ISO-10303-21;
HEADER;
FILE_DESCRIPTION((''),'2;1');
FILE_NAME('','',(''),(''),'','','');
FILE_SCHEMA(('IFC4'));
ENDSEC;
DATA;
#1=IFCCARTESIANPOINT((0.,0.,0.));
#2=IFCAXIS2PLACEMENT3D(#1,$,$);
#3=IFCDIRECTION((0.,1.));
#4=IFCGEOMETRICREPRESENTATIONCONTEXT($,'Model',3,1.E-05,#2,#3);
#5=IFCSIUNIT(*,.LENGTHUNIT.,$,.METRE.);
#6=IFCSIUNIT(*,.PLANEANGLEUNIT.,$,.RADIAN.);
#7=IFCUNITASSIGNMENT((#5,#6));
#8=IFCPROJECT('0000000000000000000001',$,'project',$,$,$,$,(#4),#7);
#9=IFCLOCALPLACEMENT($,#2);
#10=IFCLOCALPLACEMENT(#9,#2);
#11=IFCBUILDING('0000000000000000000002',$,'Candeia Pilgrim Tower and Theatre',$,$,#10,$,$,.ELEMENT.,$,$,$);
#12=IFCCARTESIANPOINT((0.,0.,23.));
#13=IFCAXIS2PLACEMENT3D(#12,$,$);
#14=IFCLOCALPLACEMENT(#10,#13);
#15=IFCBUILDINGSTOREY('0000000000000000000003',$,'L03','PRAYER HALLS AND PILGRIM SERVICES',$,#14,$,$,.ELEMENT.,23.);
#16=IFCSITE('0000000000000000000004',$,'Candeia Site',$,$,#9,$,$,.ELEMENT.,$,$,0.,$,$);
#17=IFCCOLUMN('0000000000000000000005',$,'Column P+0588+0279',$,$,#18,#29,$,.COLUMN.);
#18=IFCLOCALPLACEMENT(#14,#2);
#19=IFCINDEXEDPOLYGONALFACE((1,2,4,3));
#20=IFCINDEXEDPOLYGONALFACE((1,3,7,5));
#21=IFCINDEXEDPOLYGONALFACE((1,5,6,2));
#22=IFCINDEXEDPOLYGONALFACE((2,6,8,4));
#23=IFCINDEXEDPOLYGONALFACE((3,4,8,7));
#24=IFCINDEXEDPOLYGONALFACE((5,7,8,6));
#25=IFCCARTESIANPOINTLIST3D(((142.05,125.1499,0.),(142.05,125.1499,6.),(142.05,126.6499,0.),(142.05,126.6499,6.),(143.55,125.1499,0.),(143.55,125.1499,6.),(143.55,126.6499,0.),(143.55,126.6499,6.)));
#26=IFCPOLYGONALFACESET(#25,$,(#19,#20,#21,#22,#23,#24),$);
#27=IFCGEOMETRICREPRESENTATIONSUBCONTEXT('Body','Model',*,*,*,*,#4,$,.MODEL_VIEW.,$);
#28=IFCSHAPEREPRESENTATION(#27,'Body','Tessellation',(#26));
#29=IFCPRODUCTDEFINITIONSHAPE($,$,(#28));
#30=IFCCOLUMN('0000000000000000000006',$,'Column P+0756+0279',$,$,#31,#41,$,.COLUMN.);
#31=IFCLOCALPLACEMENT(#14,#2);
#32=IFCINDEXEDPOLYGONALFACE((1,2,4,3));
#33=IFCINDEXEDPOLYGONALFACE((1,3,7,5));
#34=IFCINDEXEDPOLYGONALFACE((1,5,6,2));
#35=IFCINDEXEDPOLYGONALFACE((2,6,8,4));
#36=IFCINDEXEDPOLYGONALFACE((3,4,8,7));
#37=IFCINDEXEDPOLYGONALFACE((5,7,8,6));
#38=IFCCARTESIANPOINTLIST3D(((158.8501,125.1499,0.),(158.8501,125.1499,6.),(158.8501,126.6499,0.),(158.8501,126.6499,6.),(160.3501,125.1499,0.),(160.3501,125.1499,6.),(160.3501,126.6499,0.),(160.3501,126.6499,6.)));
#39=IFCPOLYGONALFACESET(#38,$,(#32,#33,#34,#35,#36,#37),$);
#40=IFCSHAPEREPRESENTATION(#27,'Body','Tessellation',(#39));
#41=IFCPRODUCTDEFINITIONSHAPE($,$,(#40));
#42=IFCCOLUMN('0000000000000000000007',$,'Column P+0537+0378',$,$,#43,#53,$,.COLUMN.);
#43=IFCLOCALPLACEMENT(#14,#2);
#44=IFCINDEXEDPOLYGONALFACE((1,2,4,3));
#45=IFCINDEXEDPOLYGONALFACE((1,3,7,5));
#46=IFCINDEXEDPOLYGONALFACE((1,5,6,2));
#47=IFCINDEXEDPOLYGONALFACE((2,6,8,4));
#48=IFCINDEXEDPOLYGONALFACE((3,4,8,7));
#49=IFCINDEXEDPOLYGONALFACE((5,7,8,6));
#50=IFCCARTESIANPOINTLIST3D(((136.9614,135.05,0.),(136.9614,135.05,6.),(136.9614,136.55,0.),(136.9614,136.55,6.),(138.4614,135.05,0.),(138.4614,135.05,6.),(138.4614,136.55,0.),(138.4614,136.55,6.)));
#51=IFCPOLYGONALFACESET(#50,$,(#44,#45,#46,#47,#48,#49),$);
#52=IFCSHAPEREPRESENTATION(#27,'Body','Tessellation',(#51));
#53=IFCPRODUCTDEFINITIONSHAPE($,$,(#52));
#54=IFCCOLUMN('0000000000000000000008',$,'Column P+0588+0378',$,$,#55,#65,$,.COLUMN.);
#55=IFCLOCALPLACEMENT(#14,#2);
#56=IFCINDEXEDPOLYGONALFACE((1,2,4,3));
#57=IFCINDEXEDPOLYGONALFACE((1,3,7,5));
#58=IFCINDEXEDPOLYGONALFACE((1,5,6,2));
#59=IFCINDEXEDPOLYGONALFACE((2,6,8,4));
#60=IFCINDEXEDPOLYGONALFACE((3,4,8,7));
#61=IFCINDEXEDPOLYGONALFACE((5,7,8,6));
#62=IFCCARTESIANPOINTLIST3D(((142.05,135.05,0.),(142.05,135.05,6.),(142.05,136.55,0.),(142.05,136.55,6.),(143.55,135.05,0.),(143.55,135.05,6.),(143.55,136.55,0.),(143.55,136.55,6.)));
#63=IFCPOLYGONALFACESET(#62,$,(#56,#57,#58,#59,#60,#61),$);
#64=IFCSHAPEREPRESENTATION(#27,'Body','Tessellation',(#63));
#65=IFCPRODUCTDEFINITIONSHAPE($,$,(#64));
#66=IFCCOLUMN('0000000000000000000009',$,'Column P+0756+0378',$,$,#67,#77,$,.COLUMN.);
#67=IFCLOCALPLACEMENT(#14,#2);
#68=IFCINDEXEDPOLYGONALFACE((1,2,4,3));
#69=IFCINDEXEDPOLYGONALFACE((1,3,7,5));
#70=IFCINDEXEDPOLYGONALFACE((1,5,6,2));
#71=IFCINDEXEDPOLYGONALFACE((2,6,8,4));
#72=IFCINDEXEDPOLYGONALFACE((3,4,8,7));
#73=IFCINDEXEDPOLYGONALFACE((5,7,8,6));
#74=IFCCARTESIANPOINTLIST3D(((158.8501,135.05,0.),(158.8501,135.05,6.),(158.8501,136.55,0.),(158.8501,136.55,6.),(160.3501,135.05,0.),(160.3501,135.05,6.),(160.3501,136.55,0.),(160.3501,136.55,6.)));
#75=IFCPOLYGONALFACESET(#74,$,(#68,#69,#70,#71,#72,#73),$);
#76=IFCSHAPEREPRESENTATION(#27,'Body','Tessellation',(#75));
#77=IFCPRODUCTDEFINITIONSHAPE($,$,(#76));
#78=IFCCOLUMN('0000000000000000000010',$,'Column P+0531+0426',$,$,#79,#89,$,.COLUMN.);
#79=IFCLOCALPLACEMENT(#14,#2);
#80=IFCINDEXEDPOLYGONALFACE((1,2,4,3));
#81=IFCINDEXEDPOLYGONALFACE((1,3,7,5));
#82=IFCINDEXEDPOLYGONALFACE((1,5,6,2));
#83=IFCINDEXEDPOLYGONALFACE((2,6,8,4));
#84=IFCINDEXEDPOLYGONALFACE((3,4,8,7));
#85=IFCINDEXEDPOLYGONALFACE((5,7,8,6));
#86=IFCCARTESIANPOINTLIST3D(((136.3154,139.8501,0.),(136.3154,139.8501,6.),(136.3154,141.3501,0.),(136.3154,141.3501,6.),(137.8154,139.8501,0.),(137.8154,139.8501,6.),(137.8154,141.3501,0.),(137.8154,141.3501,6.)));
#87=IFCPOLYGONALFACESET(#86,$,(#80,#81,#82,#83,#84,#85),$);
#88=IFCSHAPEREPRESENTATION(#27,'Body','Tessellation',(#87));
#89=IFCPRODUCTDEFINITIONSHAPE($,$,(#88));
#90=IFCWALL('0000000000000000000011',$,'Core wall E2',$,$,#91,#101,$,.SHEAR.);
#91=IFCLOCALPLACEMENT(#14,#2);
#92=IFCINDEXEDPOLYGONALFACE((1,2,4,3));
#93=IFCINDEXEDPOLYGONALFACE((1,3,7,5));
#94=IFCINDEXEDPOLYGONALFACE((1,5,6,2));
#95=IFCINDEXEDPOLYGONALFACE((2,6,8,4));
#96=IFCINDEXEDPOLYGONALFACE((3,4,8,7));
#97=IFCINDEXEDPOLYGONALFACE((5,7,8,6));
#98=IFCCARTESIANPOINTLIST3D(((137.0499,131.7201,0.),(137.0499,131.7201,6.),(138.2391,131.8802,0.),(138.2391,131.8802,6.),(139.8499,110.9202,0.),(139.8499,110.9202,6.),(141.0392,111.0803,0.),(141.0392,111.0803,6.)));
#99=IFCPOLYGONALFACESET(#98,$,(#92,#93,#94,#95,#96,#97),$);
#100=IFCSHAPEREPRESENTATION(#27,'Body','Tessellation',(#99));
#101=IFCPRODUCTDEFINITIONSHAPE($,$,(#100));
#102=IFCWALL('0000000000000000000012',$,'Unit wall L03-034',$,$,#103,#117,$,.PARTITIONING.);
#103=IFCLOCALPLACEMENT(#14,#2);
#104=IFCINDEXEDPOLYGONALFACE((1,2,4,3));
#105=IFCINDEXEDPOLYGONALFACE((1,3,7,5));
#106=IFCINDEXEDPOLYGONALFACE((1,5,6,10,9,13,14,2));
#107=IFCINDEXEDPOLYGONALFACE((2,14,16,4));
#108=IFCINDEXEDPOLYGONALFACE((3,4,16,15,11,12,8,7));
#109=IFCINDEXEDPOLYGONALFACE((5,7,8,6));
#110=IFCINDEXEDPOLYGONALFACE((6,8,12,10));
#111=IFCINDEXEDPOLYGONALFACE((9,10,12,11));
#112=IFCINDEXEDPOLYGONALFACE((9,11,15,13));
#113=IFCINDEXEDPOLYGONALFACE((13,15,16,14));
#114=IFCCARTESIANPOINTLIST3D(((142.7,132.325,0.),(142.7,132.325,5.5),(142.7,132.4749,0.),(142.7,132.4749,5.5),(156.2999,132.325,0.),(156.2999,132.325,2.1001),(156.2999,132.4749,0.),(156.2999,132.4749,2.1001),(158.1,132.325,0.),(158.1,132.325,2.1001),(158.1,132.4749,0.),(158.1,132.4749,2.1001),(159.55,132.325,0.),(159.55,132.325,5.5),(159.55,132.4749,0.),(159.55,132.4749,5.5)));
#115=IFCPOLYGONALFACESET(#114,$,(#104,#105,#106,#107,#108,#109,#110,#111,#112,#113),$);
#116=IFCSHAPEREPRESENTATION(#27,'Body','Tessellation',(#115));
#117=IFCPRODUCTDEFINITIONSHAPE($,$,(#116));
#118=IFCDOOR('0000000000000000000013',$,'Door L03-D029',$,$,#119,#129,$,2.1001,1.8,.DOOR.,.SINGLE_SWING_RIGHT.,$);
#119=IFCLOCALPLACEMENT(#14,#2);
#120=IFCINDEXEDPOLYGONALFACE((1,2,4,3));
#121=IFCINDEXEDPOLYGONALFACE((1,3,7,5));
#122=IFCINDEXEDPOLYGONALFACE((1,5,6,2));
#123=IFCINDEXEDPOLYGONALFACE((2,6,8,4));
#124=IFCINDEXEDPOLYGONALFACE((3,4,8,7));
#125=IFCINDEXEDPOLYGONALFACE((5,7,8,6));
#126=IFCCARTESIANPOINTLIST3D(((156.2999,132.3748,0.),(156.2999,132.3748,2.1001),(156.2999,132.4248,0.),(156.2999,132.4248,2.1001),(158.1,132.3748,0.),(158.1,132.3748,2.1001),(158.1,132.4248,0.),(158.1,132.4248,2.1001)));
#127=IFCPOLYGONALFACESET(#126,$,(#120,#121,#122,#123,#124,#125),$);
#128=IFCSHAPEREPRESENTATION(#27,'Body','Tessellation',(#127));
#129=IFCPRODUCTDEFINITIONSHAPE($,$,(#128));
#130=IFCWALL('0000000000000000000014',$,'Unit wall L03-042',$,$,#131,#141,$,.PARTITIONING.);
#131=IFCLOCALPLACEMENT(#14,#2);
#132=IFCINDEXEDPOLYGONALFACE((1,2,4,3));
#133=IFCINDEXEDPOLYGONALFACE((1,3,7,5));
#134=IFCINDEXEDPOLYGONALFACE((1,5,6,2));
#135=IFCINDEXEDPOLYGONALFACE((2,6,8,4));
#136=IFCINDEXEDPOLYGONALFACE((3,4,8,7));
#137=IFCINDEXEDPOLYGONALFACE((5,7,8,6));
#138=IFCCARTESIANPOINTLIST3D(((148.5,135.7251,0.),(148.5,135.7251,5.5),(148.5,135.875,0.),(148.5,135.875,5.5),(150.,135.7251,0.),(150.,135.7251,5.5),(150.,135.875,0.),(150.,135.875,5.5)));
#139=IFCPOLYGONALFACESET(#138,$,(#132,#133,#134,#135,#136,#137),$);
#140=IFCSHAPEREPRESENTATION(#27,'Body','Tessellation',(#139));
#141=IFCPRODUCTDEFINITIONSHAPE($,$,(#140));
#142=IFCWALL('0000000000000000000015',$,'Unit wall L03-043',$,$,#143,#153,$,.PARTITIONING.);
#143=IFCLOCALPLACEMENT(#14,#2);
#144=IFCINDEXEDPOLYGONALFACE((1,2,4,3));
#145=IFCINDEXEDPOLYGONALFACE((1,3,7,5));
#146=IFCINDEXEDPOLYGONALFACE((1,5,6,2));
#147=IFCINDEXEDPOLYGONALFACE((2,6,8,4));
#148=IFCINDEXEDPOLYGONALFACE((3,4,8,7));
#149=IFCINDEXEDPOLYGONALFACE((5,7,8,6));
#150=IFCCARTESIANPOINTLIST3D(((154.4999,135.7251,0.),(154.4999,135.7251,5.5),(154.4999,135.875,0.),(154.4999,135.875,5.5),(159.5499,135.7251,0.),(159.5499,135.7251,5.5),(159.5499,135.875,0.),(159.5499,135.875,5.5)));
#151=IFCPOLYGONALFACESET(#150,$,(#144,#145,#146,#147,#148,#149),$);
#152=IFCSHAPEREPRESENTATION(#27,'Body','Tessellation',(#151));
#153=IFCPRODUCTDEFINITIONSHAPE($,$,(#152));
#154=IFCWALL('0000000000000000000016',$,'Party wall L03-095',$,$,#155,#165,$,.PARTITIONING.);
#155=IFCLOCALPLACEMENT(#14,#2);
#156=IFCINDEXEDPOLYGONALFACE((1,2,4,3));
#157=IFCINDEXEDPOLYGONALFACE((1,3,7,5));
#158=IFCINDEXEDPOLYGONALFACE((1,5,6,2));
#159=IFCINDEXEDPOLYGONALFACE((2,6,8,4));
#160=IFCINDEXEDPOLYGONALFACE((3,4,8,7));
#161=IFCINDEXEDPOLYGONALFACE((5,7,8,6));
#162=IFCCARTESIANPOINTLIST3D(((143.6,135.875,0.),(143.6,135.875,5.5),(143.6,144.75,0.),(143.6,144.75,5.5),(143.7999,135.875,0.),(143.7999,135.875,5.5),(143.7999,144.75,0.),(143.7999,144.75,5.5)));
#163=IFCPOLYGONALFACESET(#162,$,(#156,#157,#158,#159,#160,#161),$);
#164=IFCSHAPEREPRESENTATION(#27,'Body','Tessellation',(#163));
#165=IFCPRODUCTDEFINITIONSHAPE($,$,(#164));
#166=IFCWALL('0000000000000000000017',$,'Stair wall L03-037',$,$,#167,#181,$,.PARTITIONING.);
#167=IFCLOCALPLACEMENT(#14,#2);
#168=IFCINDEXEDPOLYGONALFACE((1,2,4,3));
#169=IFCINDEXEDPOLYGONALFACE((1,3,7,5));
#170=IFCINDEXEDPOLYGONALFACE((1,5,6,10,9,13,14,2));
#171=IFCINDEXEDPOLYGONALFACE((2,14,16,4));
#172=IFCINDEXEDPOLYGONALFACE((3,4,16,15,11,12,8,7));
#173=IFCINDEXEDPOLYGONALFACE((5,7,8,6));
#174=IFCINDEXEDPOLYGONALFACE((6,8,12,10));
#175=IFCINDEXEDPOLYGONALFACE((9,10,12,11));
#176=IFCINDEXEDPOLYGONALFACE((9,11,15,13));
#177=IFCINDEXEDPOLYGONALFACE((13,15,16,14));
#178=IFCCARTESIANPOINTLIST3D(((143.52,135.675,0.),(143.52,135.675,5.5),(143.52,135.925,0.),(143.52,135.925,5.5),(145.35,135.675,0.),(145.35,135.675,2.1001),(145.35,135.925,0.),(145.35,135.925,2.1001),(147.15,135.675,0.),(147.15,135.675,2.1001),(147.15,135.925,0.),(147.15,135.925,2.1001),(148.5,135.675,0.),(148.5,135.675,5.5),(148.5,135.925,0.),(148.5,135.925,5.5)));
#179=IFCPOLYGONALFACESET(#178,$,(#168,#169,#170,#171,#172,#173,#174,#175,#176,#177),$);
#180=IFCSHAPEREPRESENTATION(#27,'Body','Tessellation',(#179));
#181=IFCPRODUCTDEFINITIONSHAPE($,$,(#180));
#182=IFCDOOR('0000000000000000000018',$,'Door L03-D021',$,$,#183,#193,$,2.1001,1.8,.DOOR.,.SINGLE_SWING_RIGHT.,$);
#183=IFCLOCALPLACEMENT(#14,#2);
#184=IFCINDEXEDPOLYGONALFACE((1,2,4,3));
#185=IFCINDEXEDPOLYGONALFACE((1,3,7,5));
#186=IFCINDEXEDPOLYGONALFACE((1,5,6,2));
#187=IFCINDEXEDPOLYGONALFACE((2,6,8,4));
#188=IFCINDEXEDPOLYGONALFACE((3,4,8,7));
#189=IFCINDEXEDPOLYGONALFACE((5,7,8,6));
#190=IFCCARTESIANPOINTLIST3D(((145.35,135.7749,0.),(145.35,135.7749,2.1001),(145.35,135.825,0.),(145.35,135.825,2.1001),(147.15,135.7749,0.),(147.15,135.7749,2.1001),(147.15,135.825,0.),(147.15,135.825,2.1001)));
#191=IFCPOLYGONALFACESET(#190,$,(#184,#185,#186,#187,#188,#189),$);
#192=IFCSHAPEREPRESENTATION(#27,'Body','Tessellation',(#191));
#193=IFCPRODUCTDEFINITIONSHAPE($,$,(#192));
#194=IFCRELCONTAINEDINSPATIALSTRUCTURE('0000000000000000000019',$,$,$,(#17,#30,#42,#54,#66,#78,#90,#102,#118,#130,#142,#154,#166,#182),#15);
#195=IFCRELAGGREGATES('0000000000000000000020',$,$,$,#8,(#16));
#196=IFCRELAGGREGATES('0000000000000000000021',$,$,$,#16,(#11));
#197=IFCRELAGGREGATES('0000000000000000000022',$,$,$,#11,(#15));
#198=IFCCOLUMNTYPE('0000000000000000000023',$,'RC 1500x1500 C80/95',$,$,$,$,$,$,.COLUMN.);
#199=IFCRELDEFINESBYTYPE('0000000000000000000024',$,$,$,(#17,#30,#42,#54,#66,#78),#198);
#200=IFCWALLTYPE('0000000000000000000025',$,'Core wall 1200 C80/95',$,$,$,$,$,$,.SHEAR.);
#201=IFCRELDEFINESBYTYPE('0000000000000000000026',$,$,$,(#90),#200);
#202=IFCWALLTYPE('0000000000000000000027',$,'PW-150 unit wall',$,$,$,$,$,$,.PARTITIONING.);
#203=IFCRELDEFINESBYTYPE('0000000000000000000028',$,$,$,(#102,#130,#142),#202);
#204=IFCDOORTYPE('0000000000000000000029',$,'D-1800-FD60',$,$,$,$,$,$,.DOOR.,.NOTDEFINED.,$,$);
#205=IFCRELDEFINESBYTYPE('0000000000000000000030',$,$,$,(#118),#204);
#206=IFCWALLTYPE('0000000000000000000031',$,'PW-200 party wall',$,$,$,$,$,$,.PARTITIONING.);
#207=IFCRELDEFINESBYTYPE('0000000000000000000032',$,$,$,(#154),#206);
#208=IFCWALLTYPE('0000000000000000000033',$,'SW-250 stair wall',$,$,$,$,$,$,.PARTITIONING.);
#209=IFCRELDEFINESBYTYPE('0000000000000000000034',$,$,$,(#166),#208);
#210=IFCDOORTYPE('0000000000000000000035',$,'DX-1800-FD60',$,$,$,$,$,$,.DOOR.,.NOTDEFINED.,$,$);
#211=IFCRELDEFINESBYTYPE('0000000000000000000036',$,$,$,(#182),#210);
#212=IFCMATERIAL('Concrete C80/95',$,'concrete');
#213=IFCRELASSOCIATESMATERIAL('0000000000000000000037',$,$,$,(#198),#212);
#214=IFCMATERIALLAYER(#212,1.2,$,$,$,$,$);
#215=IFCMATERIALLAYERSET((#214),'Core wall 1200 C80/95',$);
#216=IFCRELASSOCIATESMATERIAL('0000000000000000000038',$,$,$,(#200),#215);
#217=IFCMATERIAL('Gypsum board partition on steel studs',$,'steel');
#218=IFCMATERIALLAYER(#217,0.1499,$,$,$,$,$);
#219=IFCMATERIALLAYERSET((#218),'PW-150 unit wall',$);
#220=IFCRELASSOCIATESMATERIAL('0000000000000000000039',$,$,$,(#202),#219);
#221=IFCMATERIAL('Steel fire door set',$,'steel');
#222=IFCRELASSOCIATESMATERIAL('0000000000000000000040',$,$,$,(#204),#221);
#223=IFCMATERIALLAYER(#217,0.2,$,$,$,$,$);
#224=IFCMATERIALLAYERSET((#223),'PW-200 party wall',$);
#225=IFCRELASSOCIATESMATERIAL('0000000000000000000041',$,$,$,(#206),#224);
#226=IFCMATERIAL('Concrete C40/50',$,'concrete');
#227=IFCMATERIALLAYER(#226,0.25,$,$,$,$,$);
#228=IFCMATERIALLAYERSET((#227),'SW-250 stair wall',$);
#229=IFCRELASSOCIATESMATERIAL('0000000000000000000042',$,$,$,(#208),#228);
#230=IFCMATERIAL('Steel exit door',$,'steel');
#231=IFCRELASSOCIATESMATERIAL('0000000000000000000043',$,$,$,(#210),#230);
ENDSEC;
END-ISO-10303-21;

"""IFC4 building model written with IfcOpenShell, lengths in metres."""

from ifc_helpers import new_model, si_unit, direction, frame, frame_2d, origin, origin_2d, place, context, subcontext, project, spatial, rectangle, extrude, material, layer, layer_set, material_profile, profile_set, type_object, element, fill, save


model = new_model("IFC4")

# Units and contexts
model_context = context("Model", 3, precision=1e-05, world=origin(), true_north=direction((0.0, 1.0)))
body_context = subcontext(model_context, "Body", "Model", "MODEL_VIEW")
ifc_project = project(units=[si_unit("LENGTHUNIT", "METRE"), si_unit("PLANEANGLEUNIT", "RADIAN")], contexts=[model_context])

# Site, building, storey
site_placement = place(None, origin())
site = spatial("IfcSite", under=ifc_project, at=site_placement, Name="Candeia Site", CompositionType="ELEMENT", RefElevation=0.0)
building_placement = place(site_placement, origin())
building = spatial("IfcBuilding", under=site, at=building_placement, Name="Candeia Pilgrim Tower and Theatre", CompositionType="ELEMENT")
storey_placement = place(building_placement, frame((0.0, 0.0, 23.0)))
storey = spatial("IfcBuildingStorey", under=building, at=storey_placement, Name="L03", Description="PRAYER HALLS AND PILGRIM SERVICES", CompositionType="ELEMENT", Elevation=23.0)

# Columns
ifc_material_1 = material(Name="Concrete C80/95", Category="concrete")
ifc_material_profile = material_profile(ifc_material_1, rectangle(XDim=1.5, YDim=1.5, at=origin_2d()))
ifc_profile_set = profile_set([ifc_material_profile], Name="Concrete C80/95")
column_type = type_object("IfcColumnType", Name="RC 1500x1500 C80/95", PredefinedType="COLUMN", material=ifc_profile_set)
for number, where, z_axis, x_axis, name in (
    (1, (142.8, 125.8999, 0.0), (0.0, 0.0, 1.0), (1.0, 0.0, 0.0), "Column P+0588+0279"),
    (2, (159.6001, 125.8999, 0.0), (0.0, 0.0, 1.0), (1.0, 0.0, 0.0), "Column P+0756+0279"),
    (3, (137.7114, 135.8, 0.0), (0.0, 0.0, 1.0), (1.0, 0.0, 0.0), "Column P+0537+0378"),
    (4, (142.8, 135.8, 0.0), (0.0, 0.0, 1.0), (1.0, 0.0, 0.0), "Column P+0588+0378"),
    (5, (159.6001, 135.8, 0.0), (0.0, 0.0, 1.0), (1.0, 0.0, 0.0), "Column P+0756+0378"),
    (6, (137.0654, 140.6001, 0.0), (0.0, 0.0, 1.0), (1.0, 0.0, 0.0), "Column P+0531+0426"),
):
    element("IfcColumn", number, at=place(storey_placement, frame(where, z_axis=z_axis, x_axis=x_axis)), inside=storey, type_object=column_type, Name=name, PredefinedType="COLUMN", context=body_context, shape_type="SweptSolid", body=[
        extrude(rectangle(XDim=1.5, YDim=1.5, at=origin_2d()), origin(), (0.0, 0.0, 1.0), 6.0),
    ])

# Wall
ifc_layer_1 = layer(ifc_material_1, 1.2)
ifc_layer_set_1 = layer_set([ifc_layer_1], Name="Core wall 1200 C80/95")
wall_type_1 = type_object("IfcWallType", Name="Core wall 1200 C80/95", PredefinedType="SHEAR", material=ifc_layer_set_1)
wall_1_placement = place(storey_placement, frame((137.6445, 131.8, 0.0), z_axis=(0.0, 0.0, 1.0), x_axis=(0.133414, -0.99106, 0.0)))
element("IfcWall", 7, at=wall_1_placement, inside=storey, type_object=wall_type_1, Name="Core wall E2", PredefinedType="SHEAR", context=body_context, shape_type="SweptSolid", body=[
    extrude(rectangle(XDim=20.9875, YDim=1.2, at=frame_2d((10.4937, 0.0))), origin(), (0.0, 0.0, 1.0), 6.0),
])

# Wall, opening, door
ifc_material_2 = material(Name="Gypsum board partition on steel studs", Category="steel")
ifc_layer_2 = layer(ifc_material_2, 0.1499)
ifc_layer_set_2 = layer_set([ifc_layer_2], Name="PW-150 unit wall")
wall_type_2 = type_object("IfcWallType", Name="PW-150 unit wall", PredefinedType="PARTITIONING", material=ifc_layer_set_2)
wall_2_placement = place(storey_placement, frame((142.7, 132.3999, 0.0), z_axis=(0.0, 0.0, 1.0), x_axis=(1.0, 0.0, 0.0)))
wall_2 = element("IfcWall", 8, at=wall_2_placement, inside=storey, type_object=wall_type_2, Name="Unit wall L03-034", PredefinedType="PARTITIONING", context=body_context, shape_type="SweptSolid", body=[
    extrude(rectangle(XDim=16.8501, YDim=0.1499, at=frame_2d((8.425, 0.0))), origin(), (0.0, 0.0, 1.0), 5.5),
])
opening_1_placement = place(wall_2_placement, frame((13.6001, 0.0, 0.0)))
opening_1 = element("IfcOpeningElement", 9, at=opening_1_placement, cuts=wall_2, PredefinedType="OPENING", context=body_context, shape_type="SweptSolid", body=[
    extrude(rectangle(XDim=1.8, YDim=2.1001, at=frame_2d((0.8999, 1.05))), frame((0.0, 0.085, 0.0), z_axis=(0.0, -1.0, 0.0), x_axis=(1.0, 0.0, 0.0)), (0.0, 0.0, 1.0), 0.1699),
])
ifc_material_3 = material(Name="Steel fire door set", Category="steel")
door_type_1 = type_object("IfcDoorType", Name="D-1800-FD60", OperationType="NOTDEFINED", PredefinedType="DOOR", material=ifc_material_3)
door_1_placement = place(opening_1_placement, origin())
door_1 = element("IfcDoor", 10, at=door_1_placement, inside=storey, type_object=door_type_1, Name="Door L03-D029", OperationType="SINGLE_SWING_RIGHT", OverallHeight=2.1001, OverallWidth=1.8, PredefinedType="DOOR", context=body_context, shape_type="SweptSolid", body=[
    extrude(rectangle(XDim=1.8, YDim=2.1001, at=frame_2d((0.8999, 1.05))), frame((0.0, 0.0249, 0.0), z_axis=(0.0, -1.0, 0.0), x_axis=(1.0, 0.0, 0.0)), (0.0, 0.0, 1.0), 0.05),
])
fill(opening_1, door_1)

# Walls
wall_3_placement = place(storey_placement, frame((148.5, 135.8, 0.0), z_axis=(0.0, 0.0, 1.0), x_axis=(1.0, 0.0, 0.0)))
element("IfcWall", 11, at=wall_3_placement, inside=storey, type_object=wall_type_2, Name="Unit wall L03-042", PredefinedType="PARTITIONING", context=body_context, shape_type="SweptSolid", body=[
    extrude(rectangle(XDim=1.5, YDim=0.1499, at=frame_2d((0.75, 0.0))), origin(), (0.0, 0.0, 1.0), 5.5),
])
wall_4_placement = place(storey_placement, frame((154.5, 135.8, 0.0), z_axis=(0.0, 0.0, 1.0), x_axis=(1.0, 0.0, 0.0)))
element("IfcWall", 12, at=wall_4_placement, inside=storey, type_object=wall_type_2, Name="Unit wall L03-043", PredefinedType="PARTITIONING", context=body_context, shape_type="SweptSolid", body=[
    extrude(rectangle(XDim=5.05, YDim=0.1499, at=frame_2d((2.5249, 0.0))), origin(), (0.0, 0.0, 1.0), 5.5),
])
ifc_layer_3 = layer(ifc_material_2, 0.2)
ifc_layer_set_3 = layer_set([ifc_layer_3], Name="PW-200 party wall")
wall_type_3 = type_object("IfcWallType", Name="PW-200 party wall", PredefinedType="PARTITIONING", material=ifc_layer_set_3)
wall_5_placement = place(storey_placement, frame((143.7, 135.875, 0.0), z_axis=(0.0, 0.0, 1.0), x_axis=(0.0, 1.0, 0.0)))
element("IfcWall", 13, at=wall_5_placement, inside=storey, type_object=wall_type_3, Name="Party wall L03-095", PredefinedType="PARTITIONING", context=body_context, shape_type="SweptSolid", body=[
    extrude(rectangle(XDim=8.875, YDim=0.2, at=frame_2d((4.4375, 0.0))), origin(), (0.0, 0.0, 1.0), 5.5),
])

# Wall, opening, door
ifc_material_4 = material(Name="Concrete C40/50", Category="concrete")
ifc_layer_4 = layer(ifc_material_4, 0.25)
ifc_layer_set_4 = layer_set([ifc_layer_4], Name="SW-250 stair wall")
wall_type_4 = type_object("IfcWallType", Name="SW-250 stair wall", PredefinedType="PARTITIONING", material=ifc_layer_set_4)
wall_6_placement = place(storey_placement, frame((143.52, 135.8, 0.0), z_axis=(0.0, 0.0, 1.0), x_axis=(1.0, 0.0, 0.0)))
wall_6 = element("IfcWall", 14, at=wall_6_placement, inside=storey, type_object=wall_type_4, Name="Stair wall L03-037", PredefinedType="PARTITIONING", context=body_context, shape_type="SweptSolid", body=[
    extrude(rectangle(XDim=4.98, YDim=0.25, at=frame_2d((2.49, 0.0))), origin(), (0.0, 0.0, 1.0), 5.5),
])
opening_2_placement = place(wall_6_placement, frame((1.8301, 0.0, 0.0)))
opening_2 = element("IfcOpeningElement", 15, at=opening_2_placement, cuts=wall_6, PredefinedType="OPENING", context=body_context, shape_type="SweptSolid", body=[
    extrude(rectangle(XDim=1.8, YDim=2.1001, at=frame_2d((0.8999, 1.05))), frame((0.0, 0.135, 0.0), z_axis=(0.0, -1.0, 0.0), x_axis=(1.0, 0.0, 0.0)), (0.0, 0.0, 1.0), 0.27),
])
ifc_material_5 = material(Name="Steel exit door", Category="steel")
door_type_2 = type_object("IfcDoorType", Name="DX-1800-FD60", OperationType="NOTDEFINED", PredefinedType="DOOR", material=ifc_material_5)
door_2_placement = place(opening_2_placement, origin())
door_2 = element("IfcDoor", 16, at=door_2_placement, inside=storey, type_object=door_type_2, Name="Door L03-D021", OperationType="SINGLE_SWING_RIGHT", OverallHeight=2.1001, OverallWidth=1.8, PredefinedType="DOOR", context=body_context, shape_type="SweptSolid", body=[
    extrude(rectangle(XDim=1.8, YDim=2.1001, at=frame_2d((0.8999, 1.05))), frame((0.0, 0.0249, 0.0), z_axis=(0.0, -1.0, 0.0), x_axis=(1.0, 0.0, 0.0)), (0.0, 0.0, 1.0), 0.05),
])
fill(opening_2, door_2)

save(model, "model.ifc")
